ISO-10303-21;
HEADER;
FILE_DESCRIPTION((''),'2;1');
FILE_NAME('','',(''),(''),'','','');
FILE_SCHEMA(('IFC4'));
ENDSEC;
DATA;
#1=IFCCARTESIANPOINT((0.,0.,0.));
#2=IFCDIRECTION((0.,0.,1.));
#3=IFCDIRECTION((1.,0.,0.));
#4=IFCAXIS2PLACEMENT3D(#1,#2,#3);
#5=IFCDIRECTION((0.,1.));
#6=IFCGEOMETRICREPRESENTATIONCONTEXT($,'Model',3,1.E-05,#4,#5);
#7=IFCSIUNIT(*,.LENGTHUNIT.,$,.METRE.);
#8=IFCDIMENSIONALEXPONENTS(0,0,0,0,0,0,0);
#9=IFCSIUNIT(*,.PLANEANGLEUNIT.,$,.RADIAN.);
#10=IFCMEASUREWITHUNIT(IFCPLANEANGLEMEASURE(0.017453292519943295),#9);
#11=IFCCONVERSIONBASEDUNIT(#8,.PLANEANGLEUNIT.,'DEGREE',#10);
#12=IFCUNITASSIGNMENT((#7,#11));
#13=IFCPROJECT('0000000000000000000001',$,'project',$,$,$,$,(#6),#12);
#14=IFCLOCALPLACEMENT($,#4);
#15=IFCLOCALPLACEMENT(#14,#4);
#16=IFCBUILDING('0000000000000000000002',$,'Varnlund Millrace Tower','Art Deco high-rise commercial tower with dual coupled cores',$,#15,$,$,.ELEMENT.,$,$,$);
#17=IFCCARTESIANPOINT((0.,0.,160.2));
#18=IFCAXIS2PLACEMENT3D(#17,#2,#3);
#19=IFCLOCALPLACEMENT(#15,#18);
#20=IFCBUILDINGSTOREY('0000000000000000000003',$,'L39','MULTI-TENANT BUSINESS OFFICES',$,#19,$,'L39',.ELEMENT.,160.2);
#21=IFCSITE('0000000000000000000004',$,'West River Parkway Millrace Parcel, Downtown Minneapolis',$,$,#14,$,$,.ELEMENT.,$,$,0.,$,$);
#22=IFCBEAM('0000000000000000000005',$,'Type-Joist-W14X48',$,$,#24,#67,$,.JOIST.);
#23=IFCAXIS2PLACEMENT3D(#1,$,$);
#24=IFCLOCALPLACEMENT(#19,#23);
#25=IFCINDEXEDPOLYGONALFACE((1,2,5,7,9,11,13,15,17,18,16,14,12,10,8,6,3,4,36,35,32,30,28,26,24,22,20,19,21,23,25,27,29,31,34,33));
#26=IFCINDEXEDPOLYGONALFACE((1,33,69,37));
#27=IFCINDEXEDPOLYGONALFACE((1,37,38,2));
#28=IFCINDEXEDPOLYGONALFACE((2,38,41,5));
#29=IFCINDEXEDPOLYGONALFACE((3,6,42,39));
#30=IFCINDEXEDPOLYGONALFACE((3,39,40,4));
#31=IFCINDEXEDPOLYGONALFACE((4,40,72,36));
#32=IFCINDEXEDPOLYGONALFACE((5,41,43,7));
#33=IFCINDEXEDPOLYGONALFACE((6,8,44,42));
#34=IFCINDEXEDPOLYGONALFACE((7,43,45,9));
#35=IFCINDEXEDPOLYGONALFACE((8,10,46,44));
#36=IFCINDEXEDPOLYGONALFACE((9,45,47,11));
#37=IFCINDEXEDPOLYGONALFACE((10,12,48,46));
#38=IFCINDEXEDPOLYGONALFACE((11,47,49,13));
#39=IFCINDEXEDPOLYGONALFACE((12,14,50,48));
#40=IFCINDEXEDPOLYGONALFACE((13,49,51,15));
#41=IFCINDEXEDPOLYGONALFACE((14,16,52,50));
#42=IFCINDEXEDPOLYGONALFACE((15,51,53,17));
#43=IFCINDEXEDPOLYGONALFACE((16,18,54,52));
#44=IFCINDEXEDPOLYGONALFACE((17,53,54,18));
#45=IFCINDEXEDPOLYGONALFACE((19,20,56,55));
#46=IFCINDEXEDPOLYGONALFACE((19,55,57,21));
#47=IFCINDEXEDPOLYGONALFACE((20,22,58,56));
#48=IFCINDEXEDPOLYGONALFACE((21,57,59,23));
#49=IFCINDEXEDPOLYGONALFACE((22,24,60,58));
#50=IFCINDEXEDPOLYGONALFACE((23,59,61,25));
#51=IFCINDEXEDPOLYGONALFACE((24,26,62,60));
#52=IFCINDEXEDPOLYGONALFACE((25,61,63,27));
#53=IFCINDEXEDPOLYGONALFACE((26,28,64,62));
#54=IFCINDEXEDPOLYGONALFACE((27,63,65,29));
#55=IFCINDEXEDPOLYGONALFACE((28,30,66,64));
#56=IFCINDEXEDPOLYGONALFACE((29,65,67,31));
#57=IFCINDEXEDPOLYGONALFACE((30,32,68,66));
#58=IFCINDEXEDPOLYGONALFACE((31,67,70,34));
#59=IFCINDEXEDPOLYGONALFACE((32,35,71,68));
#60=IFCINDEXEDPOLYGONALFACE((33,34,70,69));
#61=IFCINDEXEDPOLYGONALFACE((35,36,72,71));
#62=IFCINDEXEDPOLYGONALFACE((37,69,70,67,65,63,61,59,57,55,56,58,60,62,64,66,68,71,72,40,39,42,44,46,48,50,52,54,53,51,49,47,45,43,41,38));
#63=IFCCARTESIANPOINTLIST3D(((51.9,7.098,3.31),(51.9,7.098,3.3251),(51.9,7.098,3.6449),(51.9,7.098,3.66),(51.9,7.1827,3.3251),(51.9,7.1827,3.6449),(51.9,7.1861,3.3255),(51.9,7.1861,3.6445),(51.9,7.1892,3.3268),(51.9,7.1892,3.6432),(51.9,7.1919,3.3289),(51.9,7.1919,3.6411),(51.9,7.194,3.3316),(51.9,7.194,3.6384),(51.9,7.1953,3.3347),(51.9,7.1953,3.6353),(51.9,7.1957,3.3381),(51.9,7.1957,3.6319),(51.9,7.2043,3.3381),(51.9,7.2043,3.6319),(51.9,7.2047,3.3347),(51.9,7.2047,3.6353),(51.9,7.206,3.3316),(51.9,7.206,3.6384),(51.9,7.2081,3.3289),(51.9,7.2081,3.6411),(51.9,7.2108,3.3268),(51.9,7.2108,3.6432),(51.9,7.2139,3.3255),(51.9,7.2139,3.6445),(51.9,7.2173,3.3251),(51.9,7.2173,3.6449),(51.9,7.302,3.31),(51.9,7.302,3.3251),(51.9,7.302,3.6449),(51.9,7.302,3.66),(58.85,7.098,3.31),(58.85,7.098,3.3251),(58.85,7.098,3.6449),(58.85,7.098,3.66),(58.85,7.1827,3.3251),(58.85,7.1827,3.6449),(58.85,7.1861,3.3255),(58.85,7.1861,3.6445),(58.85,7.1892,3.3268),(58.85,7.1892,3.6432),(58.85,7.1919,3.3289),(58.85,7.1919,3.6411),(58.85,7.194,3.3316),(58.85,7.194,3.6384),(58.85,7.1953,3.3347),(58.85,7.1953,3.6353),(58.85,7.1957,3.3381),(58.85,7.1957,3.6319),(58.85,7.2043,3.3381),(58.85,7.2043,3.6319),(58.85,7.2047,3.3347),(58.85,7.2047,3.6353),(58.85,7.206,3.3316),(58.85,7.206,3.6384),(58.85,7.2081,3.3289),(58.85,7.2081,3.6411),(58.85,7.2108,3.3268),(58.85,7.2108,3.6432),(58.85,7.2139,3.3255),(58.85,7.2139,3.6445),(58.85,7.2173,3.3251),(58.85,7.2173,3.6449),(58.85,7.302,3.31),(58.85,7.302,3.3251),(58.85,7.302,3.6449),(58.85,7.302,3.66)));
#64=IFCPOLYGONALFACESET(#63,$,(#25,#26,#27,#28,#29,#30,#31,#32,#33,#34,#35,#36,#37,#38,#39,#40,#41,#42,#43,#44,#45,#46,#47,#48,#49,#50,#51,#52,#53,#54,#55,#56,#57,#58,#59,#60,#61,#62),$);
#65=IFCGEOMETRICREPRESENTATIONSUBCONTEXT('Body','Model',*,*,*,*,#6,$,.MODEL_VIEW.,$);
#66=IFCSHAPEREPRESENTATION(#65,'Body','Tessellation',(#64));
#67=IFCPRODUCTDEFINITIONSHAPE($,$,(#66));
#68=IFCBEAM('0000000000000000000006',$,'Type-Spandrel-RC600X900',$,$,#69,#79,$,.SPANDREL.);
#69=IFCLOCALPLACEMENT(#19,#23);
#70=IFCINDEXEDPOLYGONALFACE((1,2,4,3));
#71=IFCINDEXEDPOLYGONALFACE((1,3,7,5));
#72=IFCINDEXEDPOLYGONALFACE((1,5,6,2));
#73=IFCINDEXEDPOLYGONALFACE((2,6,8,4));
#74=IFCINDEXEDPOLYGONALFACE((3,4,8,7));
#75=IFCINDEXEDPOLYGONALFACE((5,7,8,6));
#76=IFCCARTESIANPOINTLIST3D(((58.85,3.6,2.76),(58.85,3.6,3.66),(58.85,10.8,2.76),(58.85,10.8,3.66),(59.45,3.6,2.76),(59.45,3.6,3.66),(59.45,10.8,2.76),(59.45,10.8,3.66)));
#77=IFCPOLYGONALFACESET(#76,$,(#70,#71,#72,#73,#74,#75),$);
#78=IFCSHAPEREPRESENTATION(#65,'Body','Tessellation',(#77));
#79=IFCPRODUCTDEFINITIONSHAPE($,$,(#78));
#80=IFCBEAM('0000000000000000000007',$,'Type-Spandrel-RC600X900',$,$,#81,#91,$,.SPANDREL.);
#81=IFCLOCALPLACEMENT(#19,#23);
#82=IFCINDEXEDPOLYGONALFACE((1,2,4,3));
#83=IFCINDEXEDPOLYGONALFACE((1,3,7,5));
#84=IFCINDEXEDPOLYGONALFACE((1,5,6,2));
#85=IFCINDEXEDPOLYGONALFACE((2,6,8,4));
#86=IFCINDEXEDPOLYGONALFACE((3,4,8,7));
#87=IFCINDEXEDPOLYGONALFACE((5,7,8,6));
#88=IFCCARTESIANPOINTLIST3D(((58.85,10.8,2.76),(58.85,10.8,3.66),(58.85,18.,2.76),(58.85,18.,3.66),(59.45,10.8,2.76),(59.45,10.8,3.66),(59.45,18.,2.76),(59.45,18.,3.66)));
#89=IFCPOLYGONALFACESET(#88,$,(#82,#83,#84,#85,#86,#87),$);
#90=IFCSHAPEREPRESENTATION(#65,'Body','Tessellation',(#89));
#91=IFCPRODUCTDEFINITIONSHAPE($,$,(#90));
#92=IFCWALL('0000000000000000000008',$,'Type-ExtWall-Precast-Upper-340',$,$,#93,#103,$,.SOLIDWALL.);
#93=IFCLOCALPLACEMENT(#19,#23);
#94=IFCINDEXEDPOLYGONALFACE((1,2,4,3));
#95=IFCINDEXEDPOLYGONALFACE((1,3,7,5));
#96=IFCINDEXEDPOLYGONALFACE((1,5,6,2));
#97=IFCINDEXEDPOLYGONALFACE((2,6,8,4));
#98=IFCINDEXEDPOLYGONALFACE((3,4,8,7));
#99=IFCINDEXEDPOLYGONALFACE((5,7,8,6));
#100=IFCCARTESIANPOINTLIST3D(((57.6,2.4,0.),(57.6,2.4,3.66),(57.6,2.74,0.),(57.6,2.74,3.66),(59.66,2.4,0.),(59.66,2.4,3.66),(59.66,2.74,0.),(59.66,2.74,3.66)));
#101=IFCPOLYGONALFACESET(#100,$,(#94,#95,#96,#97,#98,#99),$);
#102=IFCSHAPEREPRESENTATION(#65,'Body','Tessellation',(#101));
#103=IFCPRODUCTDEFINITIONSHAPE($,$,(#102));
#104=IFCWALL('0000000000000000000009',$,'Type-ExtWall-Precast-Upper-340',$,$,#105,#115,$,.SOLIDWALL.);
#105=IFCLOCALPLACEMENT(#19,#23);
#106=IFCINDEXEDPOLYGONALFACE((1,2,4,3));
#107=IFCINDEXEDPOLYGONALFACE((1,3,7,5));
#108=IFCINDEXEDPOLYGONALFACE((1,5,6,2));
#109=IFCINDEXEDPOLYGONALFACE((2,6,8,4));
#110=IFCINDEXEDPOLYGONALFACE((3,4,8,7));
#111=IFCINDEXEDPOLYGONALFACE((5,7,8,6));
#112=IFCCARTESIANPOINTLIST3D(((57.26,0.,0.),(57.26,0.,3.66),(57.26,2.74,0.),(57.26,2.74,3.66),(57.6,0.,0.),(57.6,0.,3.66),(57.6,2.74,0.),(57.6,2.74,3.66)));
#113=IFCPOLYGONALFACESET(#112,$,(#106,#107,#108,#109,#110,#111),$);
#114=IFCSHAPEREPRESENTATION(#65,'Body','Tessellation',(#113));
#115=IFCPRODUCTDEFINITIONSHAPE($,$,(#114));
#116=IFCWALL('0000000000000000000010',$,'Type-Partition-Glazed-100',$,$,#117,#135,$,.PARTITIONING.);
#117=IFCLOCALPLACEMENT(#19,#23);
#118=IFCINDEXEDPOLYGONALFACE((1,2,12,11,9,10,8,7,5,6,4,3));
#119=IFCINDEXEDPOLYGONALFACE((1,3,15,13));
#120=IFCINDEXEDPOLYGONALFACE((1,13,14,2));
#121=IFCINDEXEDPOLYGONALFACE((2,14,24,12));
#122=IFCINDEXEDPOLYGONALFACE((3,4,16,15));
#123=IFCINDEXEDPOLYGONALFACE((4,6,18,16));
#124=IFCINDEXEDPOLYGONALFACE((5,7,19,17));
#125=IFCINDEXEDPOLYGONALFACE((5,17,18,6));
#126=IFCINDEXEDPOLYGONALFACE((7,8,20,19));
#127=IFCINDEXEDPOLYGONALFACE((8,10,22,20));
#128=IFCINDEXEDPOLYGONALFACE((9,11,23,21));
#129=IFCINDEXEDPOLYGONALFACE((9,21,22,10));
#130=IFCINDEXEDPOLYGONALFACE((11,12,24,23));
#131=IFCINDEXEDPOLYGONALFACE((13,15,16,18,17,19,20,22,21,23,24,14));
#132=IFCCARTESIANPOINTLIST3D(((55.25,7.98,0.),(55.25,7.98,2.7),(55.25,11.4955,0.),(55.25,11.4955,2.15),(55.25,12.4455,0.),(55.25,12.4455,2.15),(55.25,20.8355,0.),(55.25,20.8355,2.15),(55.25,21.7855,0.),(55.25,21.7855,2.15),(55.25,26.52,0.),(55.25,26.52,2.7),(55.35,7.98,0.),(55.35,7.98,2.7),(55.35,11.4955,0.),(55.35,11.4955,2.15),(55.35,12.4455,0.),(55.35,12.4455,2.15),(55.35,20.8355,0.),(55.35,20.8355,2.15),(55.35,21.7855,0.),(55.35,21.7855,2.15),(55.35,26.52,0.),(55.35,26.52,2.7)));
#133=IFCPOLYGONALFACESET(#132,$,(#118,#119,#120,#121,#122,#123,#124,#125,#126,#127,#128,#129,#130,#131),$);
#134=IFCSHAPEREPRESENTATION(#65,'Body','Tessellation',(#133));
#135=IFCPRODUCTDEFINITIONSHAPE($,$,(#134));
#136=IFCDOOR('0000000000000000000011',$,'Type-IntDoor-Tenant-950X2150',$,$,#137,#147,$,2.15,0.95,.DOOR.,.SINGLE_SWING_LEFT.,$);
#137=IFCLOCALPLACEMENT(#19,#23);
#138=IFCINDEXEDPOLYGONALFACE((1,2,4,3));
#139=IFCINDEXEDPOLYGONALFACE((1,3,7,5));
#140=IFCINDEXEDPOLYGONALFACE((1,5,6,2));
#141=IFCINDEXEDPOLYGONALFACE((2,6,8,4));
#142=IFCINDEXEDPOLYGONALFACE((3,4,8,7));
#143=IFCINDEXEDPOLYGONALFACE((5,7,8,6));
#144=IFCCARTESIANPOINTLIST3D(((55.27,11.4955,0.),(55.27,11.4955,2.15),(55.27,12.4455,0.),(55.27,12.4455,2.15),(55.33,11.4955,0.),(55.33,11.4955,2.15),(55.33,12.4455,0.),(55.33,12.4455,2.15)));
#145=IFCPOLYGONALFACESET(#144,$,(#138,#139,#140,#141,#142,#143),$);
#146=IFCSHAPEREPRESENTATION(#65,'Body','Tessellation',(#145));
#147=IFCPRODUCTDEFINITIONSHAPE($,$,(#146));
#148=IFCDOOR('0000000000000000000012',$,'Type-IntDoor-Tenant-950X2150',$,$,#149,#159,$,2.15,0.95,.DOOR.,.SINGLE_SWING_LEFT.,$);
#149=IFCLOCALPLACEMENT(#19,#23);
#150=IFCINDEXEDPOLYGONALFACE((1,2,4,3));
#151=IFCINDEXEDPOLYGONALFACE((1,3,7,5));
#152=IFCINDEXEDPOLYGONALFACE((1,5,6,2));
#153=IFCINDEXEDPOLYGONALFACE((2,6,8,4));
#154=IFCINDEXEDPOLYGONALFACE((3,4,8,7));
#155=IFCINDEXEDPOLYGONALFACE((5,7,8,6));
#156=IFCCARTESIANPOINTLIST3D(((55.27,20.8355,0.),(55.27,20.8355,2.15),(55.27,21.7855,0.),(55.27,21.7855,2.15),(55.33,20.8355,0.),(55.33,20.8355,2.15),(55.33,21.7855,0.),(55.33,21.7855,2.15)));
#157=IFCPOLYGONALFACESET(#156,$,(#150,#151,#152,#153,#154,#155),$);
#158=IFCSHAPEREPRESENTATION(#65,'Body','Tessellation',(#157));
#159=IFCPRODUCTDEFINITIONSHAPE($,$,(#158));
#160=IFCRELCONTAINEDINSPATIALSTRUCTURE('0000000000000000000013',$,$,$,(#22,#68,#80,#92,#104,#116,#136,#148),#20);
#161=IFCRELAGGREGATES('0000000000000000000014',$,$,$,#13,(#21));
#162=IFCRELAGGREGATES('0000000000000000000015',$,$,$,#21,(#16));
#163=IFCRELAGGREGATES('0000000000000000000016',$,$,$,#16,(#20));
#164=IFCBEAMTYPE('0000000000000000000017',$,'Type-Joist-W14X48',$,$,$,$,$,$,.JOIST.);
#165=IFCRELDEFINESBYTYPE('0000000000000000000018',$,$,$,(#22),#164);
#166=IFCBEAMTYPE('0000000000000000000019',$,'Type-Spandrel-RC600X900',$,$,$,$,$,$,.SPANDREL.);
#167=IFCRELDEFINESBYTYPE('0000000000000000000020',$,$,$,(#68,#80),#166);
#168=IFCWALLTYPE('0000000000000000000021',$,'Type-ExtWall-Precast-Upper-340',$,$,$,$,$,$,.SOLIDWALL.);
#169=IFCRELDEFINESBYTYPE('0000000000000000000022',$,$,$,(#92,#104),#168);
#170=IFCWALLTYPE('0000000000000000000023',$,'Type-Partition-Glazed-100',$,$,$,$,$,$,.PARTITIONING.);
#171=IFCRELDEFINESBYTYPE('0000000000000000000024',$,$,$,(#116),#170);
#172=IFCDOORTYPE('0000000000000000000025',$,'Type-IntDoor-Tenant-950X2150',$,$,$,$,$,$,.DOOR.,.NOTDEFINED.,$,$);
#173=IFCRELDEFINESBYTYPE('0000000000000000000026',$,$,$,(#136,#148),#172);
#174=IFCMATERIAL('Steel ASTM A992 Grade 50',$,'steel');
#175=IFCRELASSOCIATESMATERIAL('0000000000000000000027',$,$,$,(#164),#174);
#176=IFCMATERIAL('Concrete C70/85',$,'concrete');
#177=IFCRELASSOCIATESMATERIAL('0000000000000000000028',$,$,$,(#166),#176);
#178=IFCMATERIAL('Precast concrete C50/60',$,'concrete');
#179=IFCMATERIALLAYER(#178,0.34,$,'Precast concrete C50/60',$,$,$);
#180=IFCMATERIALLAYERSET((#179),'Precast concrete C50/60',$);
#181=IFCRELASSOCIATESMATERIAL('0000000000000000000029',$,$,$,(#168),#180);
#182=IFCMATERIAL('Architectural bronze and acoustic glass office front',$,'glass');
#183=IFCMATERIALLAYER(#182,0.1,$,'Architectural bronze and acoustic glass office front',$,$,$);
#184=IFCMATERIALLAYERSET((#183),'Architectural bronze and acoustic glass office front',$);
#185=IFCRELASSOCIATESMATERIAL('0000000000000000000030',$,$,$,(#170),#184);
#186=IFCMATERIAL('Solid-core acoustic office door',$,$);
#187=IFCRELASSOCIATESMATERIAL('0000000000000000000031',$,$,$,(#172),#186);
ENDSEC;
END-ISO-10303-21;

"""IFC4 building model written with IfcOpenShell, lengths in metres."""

from ifc_helpers import new_model, entity, si_unit, converted_unit, direction, frame, origin_with_axes, origin_2d_with_axis, place, context, subcontext, project, spatial, polyline, rectangle, i_section, outline, extrude, material, layer, layer_set, material_profile, profile_set, type_object, element, fill, save


model = new_model("IFC4")

# Units and contexts
model_context = context("Model", 3, precision=1e-05, world=origin_with_axes(), true_north=direction((0.0, 1.0)))
body_context = subcontext(model_context, "Body", "Model", "MODEL_VIEW")
ifc_project = project(units=[si_unit("LENGTHUNIT", "METRE"), converted_unit("PLANEANGLEUNIT", "DEGREE", entity("IfcPlaneAngleMeasure", 0.017453292519943295), si_unit("PLANEANGLEUNIT", "RADIAN"), dimensions=[0, 0, 0, 0, 0, 0, 0])], contexts=[model_context])

# Site, building, storey
site_placement = place(None, origin_with_axes())
site = spatial("IfcSite", under=ifc_project, at=site_placement, Name="West River Parkway Millrace Parcel, Downtown Minneapolis", CompositionType="ELEMENT", RefElevation=0.0)
building_placement = place(site_placement, origin_with_axes())
building = spatial("IfcBuilding", under=site, at=building_placement, Name="Varnlund Millrace Tower", Description="Art Deco high-rise commercial tower with dual coupled cores", CompositionType="ELEMENT")
storey_placement = place(building_placement, frame((0.0, 0.0, 160.2), z_axis=(0.0, 0.0, 1.0), x_axis=(1.0, 0.0, 0.0)))
storey = spatial("IfcBuildingStorey", under=building, at=storey_placement, Name="L39", Description="MULTI-TENANT BUSINESS OFFICES", LongName="L39", CompositionType="ELEMENT", Elevation=160.2)

# Beams
ifc_material_1 = material(Name="Steel ASTM A992 Grade 50", Category="steel")
ifc_material_profile_1 = material_profile(ifc_material_1, i_section(OverallWidth=0.204, OverallDepth=0.35, WebThickness=0.0086, FlangeThickness=0.0151, FilletRadius=0.013, at=origin_2d_with_axis()), Name="Steel ASTM A992 Grade 50")
ifc_profile_set_1 = profile_set([ifc_material_profile_1], Name="Steel ASTM A992 Grade 50")
beam_type_1 = type_object("IfcBeamType", Name="Type-Joist-W14X48", PredefinedType="JOIST", material=ifc_profile_set_1)
beam_placement = place(storey_placement, frame((51.9, 7.2, 3.485), z_axis=(1.0, 0.0, 0.0), x_axis=(0.0, 1.0, 0.0)))
element("IfcBeam", 1, at=beam_placement, inside=storey, type_object=beam_type_1, Name="Type-Joist-W14X48", PredefinedType="JOIST", context=body_context, shape_type="SweptSolid", body=[
    extrude(i_section(OverallWidth=0.204, OverallDepth=0.35, WebThickness=0.0086, FlangeThickness=0.0151, FilletRadius=0.013, at=origin_2d_with_axis()), origin_with_axes(), (0.0, 0.0, 1.0), 6.95),
])
ifc_material_2 = material(Name="Concrete C70/85", Category="concrete")
ifc_material_profile_2 = material_profile(ifc_material_2, rectangle(XDim=0.6, YDim=0.9, at=origin_2d_with_axis()), Name="Concrete C70/85")
ifc_profile_set_2 = profile_set([ifc_material_profile_2], Name="Concrete C70/85")
beam_type_2 = type_object("IfcBeamType", Name="Type-Spandrel-RC600X900", PredefinedType="SPANDREL", material=ifc_profile_set_2)
for number, where, z_axis, x_axis, name in (
    (2, (59.15, 3.6, 3.21), (0.0, 1.0, 0.0), (-1.0, 0.0, 0.0), "Type-Spandrel-RC600X900"),
    (3, (59.15, 10.8, 3.21), (0.0, 1.0, 0.0), (-1.0, 0.0, 0.0), "Type-Spandrel-RC600X900"),
):
    element("IfcBeam", number, at=place(storey_placement, frame(where, z_axis=z_axis, x_axis=x_axis)), inside=storey, type_object=beam_type_2, Name=name, PredefinedType="SPANDREL", context=body_context, shape_type="SweptSolid", body=[
        extrude(rectangle(XDim=0.6, YDim=0.9, at=origin_2d_with_axis()), origin_with_axes(), (0.0, 0.0, 1.0), 7.2),
    ])

# Walls
ifc_material_3 = material(Name="Precast concrete C50/60", Category="concrete")
ifc_layer_1 = layer(ifc_material_3, 0.34, Name="Precast concrete C50/60")
ifc_layer_set_1 = layer_set([ifc_layer_1], Name="Precast concrete C50/60")
wall_type_1 = type_object("IfcWallType", Name="Type-ExtWall-Precast-Upper-340", PredefinedType="SOLIDWALL", material=ifc_layer_set_1)
wall_1_placement = place(storey_placement, frame((59.66, 2.57, 0.0), z_axis=(0.0, 0.0, 1.0), x_axis=(-1.0, 0.0, 0.0)))
element("IfcWall", 4, at=wall_1_placement, inside=storey, type_object=wall_type_1, Name="Type-ExtWall-Precast-Upper-340", PredefinedType="SOLIDWALL", context=body_context, shape_type="SweptSolid", body=[
    extrude(outline(polyline([(0.0, -0.17), (2.06, -0.17), (2.06, 0.17), (0.0, 0.17), (0.0, -0.17)])), origin_with_axes(), (0.0, 0.0, 1.0), 3.66),
])
wall_2_placement = place(storey_placement, frame((57.43, 2.74, 0.0), z_axis=(0.0, 0.0, 1.0), x_axis=(0.0, -1.0, 0.0)))
element("IfcWall", 5, at=wall_2_placement, inside=storey, type_object=wall_type_1, Name="Type-ExtWall-Precast-Upper-340", PredefinedType="SOLIDWALL", context=body_context, shape_type="SweptSolid", body=[
    extrude(outline(polyline([(0.0, -0.17), (2.74, -0.17), (2.74, 0.17), (0.0, 0.17), (0.0, -0.17)])), origin_with_axes(), (0.0, 0.0, 1.0), 3.66),
])

# Wall, openings, doors
ifc_material_4 = material(Name="Architectural bronze and acoustic glass office front", Category="glass")
ifc_layer_2 = layer(ifc_material_4, 0.1, Name="Architectural bronze and acoustic glass office front")
ifc_layer_set_2 = layer_set([ifc_layer_2], Name="Architectural bronze and acoustic glass office front")
wall_type_2 = type_object("IfcWallType", Name="Type-Partition-Glazed-100", PredefinedType="PARTITIONING", material=ifc_layer_set_2)
wall_3_placement = place(storey_placement, frame((55.3, 7.98, 0.0), z_axis=(0.0, 0.0, 1.0), x_axis=(0.0, 1.0, 0.0)))
wall_3 = element("IfcWall", 6, at=wall_3_placement, inside=storey, type_object=wall_type_2, Name="Type-Partition-Glazed-100", PredefinedType="PARTITIONING", context=body_context, shape_type="SweptSolid", body=[
    extrude(outline(polyline([(0.0, -0.05), (18.54, -0.05), (18.54, 0.05), (0.0, 0.05), (0.0, -0.05)])), origin_with_axes(), (0.0, 0.0, 1.0), 2.7),
])
opening_1_placement = place(wall_3_placement, frame((3.9905, 0.0, 0.0), z_axis=(0.0, 0.0, 1.0), x_axis=(1.0, 0.0, 0.0)))
opening_1 = element("IfcOpeningElement", 7, at=opening_1_placement, cuts=wall_3, PredefinedType="OPENING", context=body_context, shape_type="SweptSolid", body=[
    extrude(rectangle(XDim=0.95, YDim=0.12, at=origin_2d_with_axis()), origin_with_axes(), (0.0, 0.0, 1.0), 2.15),
])
opening_2_placement = place(wall_3_placement, frame((13.3305, 0.0, 0.0), z_axis=(0.0, 0.0, 1.0), x_axis=(1.0, 0.0, 0.0)))
opening_2 = element("IfcOpeningElement", 8, at=opening_2_placement, cuts=wall_3, PredefinedType="OPENING", context=body_context, shape_type="SweptSolid", body=[
    extrude(rectangle(XDim=0.95, YDim=0.12, at=origin_2d_with_axis()), origin_with_axes(), (0.0, 0.0, 1.0), 2.15),
])
ifc_material_5 = material(Name="Solid-core acoustic office door")
door_type_1 = type_object("IfcDoorType", Name="Type-IntDoor-Tenant-950X2150", OperationType="NOTDEFINED", PredefinedType="DOOR", material=ifc_material_5)
door_1_placement = place(wall_3_placement, frame((3.9905, 0.0, 0.0), z_axis=(0.0, 0.0, 1.0), x_axis=(1.0, 0.0, 0.0)))
door_1 = element("IfcDoor", 9, at=door_1_placement, inside=storey, type_object=door_type_1, Name="Type-IntDoor-Tenant-950X2150", OperationType="SINGLE_SWING_LEFT", OverallHeight=2.15, OverallWidth=0.95, PredefinedType="DOOR", context=body_context, shape_type="SweptSolid", body=[
    extrude(rectangle(XDim=0.95, YDim=0.06, at=origin_2d_with_axis()), origin_with_axes(), (0.0, 0.0, 1.0), 2.15),
])
fill(opening_1, door_1)
door_2_placement = place(wall_3_placement, frame((13.3305, 0.0, 0.0), z_axis=(0.0, 0.0, 1.0), x_axis=(1.0, 0.0, 0.0)))
door_2 = element("IfcDoor", 10, at=door_2_placement, inside=storey, type_object=door_type_1, Name="Type-IntDoor-Tenant-950X2150", OperationType="SINGLE_SWING_LEFT", OverallHeight=2.15, OverallWidth=0.95, PredefinedType="DOOR", context=body_context, shape_type="SweptSolid", body=[
    extrude(rectangle(XDim=0.95, YDim=0.06, at=origin_2d_with_axis()), origin_with_axes(), (0.0, 0.0, 1.0), 2.15),
])
fill(opening_2, door_2)

save(model, "model.ifc")
